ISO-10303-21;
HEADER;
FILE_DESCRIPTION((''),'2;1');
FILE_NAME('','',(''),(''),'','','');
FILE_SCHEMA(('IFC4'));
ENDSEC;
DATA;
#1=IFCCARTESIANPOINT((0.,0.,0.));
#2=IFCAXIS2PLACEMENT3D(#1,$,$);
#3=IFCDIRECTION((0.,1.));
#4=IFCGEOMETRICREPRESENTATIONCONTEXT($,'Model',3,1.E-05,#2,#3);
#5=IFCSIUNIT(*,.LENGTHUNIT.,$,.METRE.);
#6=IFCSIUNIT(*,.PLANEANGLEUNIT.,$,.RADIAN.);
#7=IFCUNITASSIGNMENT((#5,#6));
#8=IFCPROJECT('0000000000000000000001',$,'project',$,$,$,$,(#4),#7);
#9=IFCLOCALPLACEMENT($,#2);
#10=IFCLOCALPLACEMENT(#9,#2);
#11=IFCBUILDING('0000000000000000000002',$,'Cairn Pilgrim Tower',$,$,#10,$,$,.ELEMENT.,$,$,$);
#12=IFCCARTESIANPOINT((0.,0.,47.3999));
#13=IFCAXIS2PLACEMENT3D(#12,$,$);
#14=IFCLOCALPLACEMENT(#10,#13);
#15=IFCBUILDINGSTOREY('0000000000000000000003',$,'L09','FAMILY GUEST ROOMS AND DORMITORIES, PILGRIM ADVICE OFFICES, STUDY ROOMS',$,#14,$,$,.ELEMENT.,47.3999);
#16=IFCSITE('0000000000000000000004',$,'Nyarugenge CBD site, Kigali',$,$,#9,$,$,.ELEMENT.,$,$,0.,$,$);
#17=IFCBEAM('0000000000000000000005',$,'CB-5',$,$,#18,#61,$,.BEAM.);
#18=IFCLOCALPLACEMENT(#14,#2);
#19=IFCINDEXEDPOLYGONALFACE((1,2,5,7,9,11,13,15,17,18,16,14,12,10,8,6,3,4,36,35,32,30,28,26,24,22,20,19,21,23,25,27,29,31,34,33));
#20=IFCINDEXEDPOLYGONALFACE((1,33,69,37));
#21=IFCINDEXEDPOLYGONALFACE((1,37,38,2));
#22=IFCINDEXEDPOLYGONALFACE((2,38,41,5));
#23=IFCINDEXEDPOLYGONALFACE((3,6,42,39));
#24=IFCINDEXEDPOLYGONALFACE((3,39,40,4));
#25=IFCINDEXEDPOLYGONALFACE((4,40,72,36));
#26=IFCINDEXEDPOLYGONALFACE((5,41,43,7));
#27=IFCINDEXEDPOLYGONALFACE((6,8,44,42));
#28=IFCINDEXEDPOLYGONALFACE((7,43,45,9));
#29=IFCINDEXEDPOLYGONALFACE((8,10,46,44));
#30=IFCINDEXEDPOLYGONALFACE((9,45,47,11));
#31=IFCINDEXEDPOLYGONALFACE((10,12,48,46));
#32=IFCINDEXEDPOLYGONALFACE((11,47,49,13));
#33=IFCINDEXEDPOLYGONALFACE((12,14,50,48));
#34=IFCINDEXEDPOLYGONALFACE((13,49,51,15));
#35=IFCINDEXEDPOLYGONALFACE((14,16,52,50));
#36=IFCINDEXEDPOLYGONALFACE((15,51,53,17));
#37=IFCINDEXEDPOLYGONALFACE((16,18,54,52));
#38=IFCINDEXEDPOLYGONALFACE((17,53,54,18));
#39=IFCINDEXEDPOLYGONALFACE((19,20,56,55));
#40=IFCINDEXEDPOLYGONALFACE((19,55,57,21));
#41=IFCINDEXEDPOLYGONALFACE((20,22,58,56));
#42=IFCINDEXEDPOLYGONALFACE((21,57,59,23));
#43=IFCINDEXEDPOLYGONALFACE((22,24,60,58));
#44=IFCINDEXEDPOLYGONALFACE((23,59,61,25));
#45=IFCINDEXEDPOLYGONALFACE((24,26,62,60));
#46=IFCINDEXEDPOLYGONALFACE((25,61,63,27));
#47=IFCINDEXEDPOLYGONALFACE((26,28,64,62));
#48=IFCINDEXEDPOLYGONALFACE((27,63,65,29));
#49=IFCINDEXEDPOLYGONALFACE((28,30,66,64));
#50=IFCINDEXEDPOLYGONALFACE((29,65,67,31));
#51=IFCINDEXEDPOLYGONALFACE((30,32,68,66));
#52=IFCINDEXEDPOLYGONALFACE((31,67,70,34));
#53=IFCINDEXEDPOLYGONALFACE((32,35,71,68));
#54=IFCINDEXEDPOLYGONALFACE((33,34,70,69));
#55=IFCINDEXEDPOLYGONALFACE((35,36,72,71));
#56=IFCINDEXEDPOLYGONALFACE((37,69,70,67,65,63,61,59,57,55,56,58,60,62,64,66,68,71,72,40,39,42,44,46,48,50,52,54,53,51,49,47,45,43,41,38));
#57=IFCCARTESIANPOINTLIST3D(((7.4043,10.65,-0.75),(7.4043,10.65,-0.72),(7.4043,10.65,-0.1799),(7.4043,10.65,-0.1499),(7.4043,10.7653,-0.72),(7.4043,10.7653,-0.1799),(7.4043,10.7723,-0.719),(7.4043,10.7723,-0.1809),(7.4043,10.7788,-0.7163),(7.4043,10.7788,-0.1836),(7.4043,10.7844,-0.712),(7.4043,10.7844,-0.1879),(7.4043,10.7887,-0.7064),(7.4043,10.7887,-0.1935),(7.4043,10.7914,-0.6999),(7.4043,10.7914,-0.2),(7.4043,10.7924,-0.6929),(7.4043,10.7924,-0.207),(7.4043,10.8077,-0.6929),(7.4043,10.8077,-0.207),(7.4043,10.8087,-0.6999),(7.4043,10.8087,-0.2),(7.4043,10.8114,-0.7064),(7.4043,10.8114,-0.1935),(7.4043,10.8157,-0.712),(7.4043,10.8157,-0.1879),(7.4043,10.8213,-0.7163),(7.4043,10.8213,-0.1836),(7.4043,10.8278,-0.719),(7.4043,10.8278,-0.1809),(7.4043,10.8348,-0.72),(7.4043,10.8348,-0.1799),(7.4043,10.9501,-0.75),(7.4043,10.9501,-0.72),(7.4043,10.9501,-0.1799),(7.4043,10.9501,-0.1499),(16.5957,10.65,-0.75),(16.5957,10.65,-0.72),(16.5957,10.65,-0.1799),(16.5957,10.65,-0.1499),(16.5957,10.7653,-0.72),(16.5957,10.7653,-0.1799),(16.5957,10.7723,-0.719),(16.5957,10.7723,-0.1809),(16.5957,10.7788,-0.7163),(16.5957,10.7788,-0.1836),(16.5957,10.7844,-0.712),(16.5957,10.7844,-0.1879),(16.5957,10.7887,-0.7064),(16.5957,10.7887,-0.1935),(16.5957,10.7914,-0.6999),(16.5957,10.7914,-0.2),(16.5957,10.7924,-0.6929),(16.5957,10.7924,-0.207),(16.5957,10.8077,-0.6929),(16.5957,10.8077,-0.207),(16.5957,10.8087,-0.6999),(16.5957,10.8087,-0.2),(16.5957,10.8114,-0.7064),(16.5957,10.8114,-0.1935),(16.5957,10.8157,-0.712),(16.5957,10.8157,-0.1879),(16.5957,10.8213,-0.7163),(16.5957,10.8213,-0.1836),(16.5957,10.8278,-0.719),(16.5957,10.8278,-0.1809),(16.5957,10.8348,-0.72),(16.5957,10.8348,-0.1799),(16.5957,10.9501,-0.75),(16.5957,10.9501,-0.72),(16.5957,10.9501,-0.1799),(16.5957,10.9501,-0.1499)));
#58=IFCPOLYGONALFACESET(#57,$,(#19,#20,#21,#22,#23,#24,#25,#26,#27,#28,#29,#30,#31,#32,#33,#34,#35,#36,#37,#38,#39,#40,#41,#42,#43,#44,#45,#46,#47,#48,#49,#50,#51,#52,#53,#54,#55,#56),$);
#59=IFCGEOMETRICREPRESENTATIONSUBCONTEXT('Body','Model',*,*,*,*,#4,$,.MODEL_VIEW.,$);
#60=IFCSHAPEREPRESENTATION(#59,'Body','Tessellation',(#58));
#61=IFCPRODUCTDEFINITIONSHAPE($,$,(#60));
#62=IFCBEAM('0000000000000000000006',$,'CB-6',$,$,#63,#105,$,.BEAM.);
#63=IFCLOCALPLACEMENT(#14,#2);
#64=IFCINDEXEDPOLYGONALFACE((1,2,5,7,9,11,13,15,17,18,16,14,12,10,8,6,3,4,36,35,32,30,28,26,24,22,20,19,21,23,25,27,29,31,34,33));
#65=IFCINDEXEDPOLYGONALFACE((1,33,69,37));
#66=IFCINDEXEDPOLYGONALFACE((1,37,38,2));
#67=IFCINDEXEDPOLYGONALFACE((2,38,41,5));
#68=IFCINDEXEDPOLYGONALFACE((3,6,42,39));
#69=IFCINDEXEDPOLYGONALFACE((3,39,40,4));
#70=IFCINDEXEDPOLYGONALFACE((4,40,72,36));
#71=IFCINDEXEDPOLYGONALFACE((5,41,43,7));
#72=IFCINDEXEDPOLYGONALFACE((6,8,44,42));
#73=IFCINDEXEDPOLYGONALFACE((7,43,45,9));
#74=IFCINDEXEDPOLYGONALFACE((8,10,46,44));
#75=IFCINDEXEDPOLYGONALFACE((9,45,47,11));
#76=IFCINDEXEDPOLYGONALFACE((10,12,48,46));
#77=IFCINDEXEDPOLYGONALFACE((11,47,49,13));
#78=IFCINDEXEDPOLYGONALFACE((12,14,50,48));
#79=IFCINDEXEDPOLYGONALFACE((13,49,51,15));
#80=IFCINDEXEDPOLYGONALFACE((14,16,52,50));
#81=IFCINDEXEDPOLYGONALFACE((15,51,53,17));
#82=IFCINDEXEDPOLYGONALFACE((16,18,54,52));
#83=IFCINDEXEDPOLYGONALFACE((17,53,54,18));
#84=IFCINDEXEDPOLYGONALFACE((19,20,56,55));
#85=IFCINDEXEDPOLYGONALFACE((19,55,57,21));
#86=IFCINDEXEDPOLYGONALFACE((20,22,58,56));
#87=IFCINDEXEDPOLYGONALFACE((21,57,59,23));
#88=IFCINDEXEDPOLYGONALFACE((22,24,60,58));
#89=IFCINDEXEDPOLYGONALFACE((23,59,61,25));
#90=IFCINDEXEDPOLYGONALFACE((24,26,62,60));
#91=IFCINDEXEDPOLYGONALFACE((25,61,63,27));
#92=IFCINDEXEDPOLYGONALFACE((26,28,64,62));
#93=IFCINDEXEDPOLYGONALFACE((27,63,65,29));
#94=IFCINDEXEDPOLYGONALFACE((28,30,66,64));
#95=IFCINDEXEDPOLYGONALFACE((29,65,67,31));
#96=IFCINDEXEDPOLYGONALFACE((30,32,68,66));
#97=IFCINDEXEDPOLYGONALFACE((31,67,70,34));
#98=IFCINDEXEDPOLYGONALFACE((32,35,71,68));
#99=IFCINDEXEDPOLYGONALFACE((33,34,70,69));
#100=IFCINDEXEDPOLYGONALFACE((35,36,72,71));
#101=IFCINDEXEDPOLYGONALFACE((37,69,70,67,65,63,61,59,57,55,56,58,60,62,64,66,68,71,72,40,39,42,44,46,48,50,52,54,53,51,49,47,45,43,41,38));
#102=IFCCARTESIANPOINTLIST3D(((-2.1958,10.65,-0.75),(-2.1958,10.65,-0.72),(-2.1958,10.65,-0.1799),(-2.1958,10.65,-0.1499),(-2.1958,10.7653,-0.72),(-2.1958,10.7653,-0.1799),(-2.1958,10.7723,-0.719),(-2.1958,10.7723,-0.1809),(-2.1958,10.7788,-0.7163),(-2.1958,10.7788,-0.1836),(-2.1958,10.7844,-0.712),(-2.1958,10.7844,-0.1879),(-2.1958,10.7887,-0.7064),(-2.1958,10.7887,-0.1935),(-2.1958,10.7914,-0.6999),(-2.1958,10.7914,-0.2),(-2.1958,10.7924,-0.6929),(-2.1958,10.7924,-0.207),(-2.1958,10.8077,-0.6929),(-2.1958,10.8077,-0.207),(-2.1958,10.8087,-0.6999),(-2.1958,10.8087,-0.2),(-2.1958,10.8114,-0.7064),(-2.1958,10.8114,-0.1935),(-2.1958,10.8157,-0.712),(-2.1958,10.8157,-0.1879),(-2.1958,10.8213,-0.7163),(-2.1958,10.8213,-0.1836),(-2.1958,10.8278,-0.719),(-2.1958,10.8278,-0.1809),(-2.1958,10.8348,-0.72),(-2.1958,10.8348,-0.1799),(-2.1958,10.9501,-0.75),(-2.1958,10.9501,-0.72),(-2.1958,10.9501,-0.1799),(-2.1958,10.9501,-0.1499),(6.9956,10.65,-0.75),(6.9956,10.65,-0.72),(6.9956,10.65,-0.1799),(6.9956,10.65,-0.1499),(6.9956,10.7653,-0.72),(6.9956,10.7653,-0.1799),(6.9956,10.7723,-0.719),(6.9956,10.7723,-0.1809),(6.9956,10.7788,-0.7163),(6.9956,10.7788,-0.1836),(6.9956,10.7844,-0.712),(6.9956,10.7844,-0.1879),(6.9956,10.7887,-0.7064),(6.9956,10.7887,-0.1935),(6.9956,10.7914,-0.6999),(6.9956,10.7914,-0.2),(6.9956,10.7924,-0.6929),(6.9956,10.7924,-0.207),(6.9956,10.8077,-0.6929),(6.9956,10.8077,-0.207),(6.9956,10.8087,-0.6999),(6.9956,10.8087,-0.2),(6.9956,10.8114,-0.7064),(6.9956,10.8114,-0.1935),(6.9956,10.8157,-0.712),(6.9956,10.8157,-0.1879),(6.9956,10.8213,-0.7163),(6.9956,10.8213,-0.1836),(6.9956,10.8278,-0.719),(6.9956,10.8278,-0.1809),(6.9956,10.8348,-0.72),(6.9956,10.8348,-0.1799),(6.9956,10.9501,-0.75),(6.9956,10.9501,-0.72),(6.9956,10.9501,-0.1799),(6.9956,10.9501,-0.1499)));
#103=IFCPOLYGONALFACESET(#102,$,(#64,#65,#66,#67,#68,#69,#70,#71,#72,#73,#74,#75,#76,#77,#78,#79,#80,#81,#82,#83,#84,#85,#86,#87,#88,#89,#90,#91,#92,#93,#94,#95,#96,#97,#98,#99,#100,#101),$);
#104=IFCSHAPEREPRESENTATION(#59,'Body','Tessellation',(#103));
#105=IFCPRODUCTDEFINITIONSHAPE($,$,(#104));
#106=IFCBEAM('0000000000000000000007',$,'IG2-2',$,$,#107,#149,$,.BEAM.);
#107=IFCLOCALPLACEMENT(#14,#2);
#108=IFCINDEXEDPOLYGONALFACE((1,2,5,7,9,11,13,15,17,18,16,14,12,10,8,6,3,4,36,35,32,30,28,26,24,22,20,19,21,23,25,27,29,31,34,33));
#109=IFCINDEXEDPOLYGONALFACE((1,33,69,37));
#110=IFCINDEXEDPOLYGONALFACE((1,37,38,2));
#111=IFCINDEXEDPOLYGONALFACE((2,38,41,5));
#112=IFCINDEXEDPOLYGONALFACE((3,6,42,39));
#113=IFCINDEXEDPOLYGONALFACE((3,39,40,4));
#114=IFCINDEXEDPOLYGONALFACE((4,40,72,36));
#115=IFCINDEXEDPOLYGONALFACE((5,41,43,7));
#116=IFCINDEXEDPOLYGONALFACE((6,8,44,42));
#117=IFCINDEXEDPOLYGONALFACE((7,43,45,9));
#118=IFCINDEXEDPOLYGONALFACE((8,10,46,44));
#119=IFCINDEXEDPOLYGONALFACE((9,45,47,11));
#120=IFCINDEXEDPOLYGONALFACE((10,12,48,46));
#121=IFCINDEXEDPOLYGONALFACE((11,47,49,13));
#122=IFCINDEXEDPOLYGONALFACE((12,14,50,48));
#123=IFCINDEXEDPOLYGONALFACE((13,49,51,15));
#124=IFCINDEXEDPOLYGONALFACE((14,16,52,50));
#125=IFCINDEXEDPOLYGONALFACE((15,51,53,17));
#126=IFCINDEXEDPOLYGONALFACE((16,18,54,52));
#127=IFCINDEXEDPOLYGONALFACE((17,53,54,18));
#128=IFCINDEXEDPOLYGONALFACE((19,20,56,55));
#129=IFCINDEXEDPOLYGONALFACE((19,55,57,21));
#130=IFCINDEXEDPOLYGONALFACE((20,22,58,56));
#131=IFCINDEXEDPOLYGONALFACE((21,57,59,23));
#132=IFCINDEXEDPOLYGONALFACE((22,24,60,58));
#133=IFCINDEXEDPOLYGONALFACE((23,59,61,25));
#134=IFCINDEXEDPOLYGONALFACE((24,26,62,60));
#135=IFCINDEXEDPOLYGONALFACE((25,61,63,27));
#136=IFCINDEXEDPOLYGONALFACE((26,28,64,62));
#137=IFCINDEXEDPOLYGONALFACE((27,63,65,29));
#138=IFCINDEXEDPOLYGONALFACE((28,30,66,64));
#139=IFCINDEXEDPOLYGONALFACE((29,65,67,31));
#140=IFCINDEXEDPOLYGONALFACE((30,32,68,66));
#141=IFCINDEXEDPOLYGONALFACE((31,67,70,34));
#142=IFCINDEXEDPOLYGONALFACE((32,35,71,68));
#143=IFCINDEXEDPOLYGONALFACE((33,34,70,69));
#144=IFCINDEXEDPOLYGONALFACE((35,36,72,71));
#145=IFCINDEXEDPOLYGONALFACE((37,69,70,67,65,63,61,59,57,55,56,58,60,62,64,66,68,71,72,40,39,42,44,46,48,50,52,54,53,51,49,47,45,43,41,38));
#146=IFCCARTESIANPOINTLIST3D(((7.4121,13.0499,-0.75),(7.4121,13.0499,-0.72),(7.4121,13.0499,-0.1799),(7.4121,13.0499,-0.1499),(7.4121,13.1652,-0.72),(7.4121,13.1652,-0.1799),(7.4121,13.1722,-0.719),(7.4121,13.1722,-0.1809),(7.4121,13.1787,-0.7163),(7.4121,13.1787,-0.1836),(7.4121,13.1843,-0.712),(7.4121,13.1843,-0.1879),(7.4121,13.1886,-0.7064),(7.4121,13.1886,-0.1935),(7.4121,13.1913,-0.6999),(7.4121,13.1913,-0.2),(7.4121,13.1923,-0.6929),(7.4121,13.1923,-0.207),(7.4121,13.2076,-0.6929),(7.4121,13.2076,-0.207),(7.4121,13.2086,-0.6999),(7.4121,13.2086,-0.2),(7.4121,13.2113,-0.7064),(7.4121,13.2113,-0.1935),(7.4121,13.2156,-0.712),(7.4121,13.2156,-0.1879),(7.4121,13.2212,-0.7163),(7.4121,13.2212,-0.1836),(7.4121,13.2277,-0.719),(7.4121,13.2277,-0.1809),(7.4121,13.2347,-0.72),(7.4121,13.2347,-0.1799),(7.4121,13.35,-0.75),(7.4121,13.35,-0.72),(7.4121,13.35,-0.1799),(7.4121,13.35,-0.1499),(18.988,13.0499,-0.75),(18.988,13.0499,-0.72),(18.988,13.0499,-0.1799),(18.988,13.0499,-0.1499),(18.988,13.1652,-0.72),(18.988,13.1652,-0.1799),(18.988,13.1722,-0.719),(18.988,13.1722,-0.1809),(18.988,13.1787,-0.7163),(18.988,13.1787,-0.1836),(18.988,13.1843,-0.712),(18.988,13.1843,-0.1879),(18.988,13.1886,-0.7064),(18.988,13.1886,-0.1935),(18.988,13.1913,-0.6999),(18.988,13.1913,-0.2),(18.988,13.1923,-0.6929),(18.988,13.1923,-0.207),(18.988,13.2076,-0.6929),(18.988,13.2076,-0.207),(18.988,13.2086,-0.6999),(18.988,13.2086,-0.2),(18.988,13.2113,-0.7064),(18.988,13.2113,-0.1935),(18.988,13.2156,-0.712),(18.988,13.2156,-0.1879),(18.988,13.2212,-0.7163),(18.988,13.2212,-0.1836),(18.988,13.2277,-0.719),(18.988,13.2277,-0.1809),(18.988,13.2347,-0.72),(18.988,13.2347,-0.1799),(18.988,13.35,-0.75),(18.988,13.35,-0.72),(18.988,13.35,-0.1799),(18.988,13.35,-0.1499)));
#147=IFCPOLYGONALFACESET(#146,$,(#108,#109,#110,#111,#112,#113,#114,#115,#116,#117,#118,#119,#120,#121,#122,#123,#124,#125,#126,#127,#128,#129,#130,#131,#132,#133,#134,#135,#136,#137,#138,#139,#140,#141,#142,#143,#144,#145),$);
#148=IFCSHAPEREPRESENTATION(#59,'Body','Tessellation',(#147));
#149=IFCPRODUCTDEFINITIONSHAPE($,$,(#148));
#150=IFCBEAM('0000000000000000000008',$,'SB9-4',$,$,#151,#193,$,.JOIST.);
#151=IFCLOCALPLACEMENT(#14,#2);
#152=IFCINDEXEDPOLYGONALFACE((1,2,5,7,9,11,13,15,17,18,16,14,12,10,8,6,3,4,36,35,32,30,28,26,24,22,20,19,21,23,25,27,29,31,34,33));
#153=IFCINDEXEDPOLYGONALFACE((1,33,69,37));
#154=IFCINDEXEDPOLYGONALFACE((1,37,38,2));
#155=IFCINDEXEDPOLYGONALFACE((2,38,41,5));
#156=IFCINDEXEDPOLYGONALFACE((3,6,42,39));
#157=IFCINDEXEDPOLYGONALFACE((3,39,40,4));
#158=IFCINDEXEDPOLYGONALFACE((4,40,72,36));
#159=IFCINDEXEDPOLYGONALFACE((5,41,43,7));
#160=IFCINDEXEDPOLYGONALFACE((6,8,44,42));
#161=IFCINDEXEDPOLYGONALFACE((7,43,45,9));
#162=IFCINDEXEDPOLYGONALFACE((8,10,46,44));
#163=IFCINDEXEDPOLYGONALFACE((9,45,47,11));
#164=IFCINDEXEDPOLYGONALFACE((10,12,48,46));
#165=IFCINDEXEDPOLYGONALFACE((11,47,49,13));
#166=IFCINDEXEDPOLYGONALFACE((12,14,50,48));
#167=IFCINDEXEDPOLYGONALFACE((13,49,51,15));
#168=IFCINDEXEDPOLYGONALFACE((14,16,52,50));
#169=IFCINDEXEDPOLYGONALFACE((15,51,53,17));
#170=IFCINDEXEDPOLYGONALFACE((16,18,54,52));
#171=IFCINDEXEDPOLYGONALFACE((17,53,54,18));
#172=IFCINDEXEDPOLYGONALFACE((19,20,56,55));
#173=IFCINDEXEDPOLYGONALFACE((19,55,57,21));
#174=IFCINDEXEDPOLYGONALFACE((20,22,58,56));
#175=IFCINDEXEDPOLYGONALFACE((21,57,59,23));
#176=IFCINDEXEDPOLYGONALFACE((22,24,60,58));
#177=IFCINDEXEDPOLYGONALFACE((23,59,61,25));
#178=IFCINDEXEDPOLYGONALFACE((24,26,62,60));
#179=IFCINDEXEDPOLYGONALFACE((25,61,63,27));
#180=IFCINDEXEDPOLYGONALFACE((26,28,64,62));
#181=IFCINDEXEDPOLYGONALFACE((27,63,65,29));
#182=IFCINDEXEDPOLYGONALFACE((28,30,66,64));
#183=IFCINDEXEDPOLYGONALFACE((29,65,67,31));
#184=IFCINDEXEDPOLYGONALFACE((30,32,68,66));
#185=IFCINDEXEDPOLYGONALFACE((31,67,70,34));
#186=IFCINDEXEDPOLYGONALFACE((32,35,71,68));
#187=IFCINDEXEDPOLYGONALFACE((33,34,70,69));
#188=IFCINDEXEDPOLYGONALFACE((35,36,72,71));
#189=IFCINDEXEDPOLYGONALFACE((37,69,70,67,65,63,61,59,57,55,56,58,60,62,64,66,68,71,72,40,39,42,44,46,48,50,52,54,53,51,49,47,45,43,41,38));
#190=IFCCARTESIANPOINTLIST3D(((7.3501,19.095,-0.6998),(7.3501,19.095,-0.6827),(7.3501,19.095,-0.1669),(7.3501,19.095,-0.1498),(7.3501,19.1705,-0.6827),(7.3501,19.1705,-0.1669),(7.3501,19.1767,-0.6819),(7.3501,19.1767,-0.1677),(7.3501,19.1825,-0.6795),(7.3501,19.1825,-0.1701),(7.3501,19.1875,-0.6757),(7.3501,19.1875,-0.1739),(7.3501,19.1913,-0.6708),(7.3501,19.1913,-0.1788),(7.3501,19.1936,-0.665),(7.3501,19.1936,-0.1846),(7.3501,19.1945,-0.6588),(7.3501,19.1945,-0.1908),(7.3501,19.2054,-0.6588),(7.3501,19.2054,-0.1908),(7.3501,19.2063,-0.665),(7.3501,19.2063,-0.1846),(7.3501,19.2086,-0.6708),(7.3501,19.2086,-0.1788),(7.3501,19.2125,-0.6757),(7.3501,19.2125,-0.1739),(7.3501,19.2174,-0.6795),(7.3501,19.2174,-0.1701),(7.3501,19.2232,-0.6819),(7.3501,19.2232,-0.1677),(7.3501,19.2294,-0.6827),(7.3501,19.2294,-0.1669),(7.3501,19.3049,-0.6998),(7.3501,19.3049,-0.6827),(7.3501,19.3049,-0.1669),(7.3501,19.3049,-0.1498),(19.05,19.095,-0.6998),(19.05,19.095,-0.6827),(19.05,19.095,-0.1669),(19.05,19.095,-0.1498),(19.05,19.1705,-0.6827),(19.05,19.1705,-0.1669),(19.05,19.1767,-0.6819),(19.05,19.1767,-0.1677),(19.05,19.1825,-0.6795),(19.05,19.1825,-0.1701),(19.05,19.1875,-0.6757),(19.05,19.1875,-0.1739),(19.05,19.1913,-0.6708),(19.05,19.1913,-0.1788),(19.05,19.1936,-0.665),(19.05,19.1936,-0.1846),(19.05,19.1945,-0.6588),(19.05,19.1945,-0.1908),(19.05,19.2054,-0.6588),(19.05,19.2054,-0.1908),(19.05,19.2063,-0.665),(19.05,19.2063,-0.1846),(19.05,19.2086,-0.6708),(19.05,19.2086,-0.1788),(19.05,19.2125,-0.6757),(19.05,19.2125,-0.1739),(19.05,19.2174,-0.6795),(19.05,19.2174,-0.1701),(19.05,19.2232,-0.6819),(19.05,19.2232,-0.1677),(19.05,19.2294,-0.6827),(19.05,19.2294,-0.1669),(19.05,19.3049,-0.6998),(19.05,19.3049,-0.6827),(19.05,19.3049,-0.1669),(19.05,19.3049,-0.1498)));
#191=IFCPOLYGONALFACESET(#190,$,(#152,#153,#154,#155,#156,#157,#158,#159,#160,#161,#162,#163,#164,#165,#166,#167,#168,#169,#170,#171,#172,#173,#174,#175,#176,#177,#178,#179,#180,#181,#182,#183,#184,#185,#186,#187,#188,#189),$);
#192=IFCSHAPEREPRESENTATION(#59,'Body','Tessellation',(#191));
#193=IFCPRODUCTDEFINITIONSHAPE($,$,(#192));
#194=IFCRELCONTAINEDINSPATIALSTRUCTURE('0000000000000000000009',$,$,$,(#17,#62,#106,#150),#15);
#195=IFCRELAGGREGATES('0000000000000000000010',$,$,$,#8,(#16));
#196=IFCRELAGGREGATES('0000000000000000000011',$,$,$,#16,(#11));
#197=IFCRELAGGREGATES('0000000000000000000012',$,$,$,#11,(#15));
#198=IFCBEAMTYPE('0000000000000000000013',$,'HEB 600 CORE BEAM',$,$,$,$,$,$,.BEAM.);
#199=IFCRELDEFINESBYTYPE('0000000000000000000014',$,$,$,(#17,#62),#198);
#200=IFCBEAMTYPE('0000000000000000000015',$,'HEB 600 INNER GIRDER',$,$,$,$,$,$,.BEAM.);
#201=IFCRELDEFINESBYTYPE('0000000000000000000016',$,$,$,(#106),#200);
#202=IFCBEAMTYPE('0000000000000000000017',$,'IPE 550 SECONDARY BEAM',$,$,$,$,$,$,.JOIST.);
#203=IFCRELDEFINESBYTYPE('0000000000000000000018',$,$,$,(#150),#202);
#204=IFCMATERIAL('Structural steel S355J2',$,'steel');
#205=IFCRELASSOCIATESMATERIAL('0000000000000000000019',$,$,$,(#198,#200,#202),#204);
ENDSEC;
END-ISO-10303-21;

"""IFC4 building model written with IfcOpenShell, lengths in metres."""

from ifc_helpers import new_model, si_unit, direction, frame, origin, origin_2d, place, context, subcontext, project, spatial, i_section, extrude, material, material_profile, profile_set, type_object, element, save


model = new_model("IFC4")

# Units and contexts
model_context = context("Model", 3, precision=1e-05, world=origin(), true_north=direction((0.0, 1.0)))
body_context = subcontext(model_context, "Body", "Model", "MODEL_VIEW")
ifc_project = project(units=[si_unit("LENGTHUNIT", "METRE"), si_unit("PLANEANGLEUNIT", "RADIAN")], contexts=[model_context])

# Site, building, storey
site_placement = place(None, origin())
site = spatial("IfcSite", under=ifc_project, at=site_placement, Name="Nyarugenge CBD site, Kigali", CompositionType="ELEMENT", RefElevation=0.0)
building_placement = place(site_placement, origin())
building = spatial("IfcBuilding", under=site, at=building_placement, Name="Cairn Pilgrim Tower", CompositionType="ELEMENT")
storey_placement = place(building_placement, frame((0.0, 0.0, 47.3999)))
storey = spatial("IfcBuildingStorey", under=building, at=storey_placement, Name="L09", Description="FAMILY GUEST ROOMS AND DORMITORIES, PILGRIM ADVICE OFFICES, STUDY ROOMS", CompositionType="ELEMENT", Elevation=47.3999)

# Beams
ifc_material_1 = material(Name="Structural steel S355J2", Category="steel")
ifc_material_profile_1 = material_profile(ifc_material_1, i_section(OverallWidth=0.3, OverallDepth=0.6001, WebThickness=0.0154, FlangeThickness=0.03, FilletRadius=0.0271, at=origin_2d()), Name="HEB 600")
ifc_profile_set_1 = profile_set([ifc_material_profile_1], Name="Structural steel S355J2")
beam_type_1 = type_object("IfcBeamType", Name="HEB 600 CORE BEAM", PredefinedType="BEAM", material=ifc_profile_set_1)
for number, where, z_axis, x_axis, name in (
    (1, (16.5957, 10.8, -0.45), (-1.0, 0.0, 0.0), (0.0, -1.0, 0.0), "CB-5"),
    (2, (6.9956, 10.8, -0.45), (-1.0, 0.0, 0.0), (0.0, -1.0, 0.0), "CB-6"),
):
    element("IfcBeam", number, at=place(storey_placement, frame(where, z_axis=z_axis, x_axis=x_axis)), inside=storey, type_object=beam_type_1, Name=name, PredefinedType="BEAM", context=body_context, shape_type="SweptSolid", body=[
        extrude(i_section(OverallWidth=0.3, OverallDepth=0.6001, WebThickness=0.0154, FlangeThickness=0.03, FilletRadius=0.0271, at=origin_2d()), origin(), (0.0, 0.0, 1.0), 9.1914),
    ])
ifc_material_profile_2 = material_profile(ifc_material_1, i_section(OverallWidth=0.3, OverallDepth=0.6001, WebThickness=0.0154, FlangeThickness=0.03, FilletRadius=0.0271, at=origin_2d()), Name="HEB 600")
ifc_profile_set_2 = profile_set([ifc_material_profile_2], Name="Structural steel S355J2")
beam_type_2 = type_object("IfcBeamType", Name="HEB 600 INNER GIRDER", PredefinedType="BEAM", material=ifc_profile_set_2)
beam_1_placement = place(storey_placement, frame((7.4121, 13.2, -0.45), z_axis=(1.0, 0.0, 0.0), x_axis=(0.0, 1.0, 0.0)))
element("IfcBeam", 3, at=beam_1_placement, inside=storey, type_object=beam_type_2, Name="IG2-2", PredefinedType="BEAM", context=body_context, shape_type="SweptSolid", body=[
    extrude(i_section(OverallWidth=0.3, OverallDepth=0.6001, WebThickness=0.0154, FlangeThickness=0.03, FilletRadius=0.0271, at=origin_2d()), origin(), (0.0, 0.0, 1.0), 11.5759),
])
ifc_material_profile_3 = material_profile(ifc_material_1, i_section(OverallWidth=0.21, OverallDepth=0.55, WebThickness=0.011, FlangeThickness=0.0171, FilletRadius=0.0239, at=origin_2d()), Name="IPE 550")
ifc_profile_set_3 = profile_set([ifc_material_profile_3], Name="Structural steel S355J2")
beam_type_3 = type_object("IfcBeamType", Name="IPE 550 SECONDARY BEAM", PredefinedType="JOIST", material=ifc_profile_set_3)
beam_2_placement = place(storey_placement, frame((7.3501, 19.2, -0.4248), z_axis=(1.0, 0.0, 0.0), x_axis=(0.0, 1.0, 0.0)))
element("IfcBeam", 4, at=beam_2_placement, inside=storey, type_object=beam_type_3, Name="SB9-4", PredefinedType="JOIST", context=body_context, shape_type="SweptSolid", body=[
    extrude(i_section(OverallWidth=0.21, OverallDepth=0.55, WebThickness=0.011, FlangeThickness=0.0171, FilletRadius=0.0239, at=origin_2d()), origin(), (0.0, 0.0, 1.0), 11.7),
])

save(model, "model.ifc")
